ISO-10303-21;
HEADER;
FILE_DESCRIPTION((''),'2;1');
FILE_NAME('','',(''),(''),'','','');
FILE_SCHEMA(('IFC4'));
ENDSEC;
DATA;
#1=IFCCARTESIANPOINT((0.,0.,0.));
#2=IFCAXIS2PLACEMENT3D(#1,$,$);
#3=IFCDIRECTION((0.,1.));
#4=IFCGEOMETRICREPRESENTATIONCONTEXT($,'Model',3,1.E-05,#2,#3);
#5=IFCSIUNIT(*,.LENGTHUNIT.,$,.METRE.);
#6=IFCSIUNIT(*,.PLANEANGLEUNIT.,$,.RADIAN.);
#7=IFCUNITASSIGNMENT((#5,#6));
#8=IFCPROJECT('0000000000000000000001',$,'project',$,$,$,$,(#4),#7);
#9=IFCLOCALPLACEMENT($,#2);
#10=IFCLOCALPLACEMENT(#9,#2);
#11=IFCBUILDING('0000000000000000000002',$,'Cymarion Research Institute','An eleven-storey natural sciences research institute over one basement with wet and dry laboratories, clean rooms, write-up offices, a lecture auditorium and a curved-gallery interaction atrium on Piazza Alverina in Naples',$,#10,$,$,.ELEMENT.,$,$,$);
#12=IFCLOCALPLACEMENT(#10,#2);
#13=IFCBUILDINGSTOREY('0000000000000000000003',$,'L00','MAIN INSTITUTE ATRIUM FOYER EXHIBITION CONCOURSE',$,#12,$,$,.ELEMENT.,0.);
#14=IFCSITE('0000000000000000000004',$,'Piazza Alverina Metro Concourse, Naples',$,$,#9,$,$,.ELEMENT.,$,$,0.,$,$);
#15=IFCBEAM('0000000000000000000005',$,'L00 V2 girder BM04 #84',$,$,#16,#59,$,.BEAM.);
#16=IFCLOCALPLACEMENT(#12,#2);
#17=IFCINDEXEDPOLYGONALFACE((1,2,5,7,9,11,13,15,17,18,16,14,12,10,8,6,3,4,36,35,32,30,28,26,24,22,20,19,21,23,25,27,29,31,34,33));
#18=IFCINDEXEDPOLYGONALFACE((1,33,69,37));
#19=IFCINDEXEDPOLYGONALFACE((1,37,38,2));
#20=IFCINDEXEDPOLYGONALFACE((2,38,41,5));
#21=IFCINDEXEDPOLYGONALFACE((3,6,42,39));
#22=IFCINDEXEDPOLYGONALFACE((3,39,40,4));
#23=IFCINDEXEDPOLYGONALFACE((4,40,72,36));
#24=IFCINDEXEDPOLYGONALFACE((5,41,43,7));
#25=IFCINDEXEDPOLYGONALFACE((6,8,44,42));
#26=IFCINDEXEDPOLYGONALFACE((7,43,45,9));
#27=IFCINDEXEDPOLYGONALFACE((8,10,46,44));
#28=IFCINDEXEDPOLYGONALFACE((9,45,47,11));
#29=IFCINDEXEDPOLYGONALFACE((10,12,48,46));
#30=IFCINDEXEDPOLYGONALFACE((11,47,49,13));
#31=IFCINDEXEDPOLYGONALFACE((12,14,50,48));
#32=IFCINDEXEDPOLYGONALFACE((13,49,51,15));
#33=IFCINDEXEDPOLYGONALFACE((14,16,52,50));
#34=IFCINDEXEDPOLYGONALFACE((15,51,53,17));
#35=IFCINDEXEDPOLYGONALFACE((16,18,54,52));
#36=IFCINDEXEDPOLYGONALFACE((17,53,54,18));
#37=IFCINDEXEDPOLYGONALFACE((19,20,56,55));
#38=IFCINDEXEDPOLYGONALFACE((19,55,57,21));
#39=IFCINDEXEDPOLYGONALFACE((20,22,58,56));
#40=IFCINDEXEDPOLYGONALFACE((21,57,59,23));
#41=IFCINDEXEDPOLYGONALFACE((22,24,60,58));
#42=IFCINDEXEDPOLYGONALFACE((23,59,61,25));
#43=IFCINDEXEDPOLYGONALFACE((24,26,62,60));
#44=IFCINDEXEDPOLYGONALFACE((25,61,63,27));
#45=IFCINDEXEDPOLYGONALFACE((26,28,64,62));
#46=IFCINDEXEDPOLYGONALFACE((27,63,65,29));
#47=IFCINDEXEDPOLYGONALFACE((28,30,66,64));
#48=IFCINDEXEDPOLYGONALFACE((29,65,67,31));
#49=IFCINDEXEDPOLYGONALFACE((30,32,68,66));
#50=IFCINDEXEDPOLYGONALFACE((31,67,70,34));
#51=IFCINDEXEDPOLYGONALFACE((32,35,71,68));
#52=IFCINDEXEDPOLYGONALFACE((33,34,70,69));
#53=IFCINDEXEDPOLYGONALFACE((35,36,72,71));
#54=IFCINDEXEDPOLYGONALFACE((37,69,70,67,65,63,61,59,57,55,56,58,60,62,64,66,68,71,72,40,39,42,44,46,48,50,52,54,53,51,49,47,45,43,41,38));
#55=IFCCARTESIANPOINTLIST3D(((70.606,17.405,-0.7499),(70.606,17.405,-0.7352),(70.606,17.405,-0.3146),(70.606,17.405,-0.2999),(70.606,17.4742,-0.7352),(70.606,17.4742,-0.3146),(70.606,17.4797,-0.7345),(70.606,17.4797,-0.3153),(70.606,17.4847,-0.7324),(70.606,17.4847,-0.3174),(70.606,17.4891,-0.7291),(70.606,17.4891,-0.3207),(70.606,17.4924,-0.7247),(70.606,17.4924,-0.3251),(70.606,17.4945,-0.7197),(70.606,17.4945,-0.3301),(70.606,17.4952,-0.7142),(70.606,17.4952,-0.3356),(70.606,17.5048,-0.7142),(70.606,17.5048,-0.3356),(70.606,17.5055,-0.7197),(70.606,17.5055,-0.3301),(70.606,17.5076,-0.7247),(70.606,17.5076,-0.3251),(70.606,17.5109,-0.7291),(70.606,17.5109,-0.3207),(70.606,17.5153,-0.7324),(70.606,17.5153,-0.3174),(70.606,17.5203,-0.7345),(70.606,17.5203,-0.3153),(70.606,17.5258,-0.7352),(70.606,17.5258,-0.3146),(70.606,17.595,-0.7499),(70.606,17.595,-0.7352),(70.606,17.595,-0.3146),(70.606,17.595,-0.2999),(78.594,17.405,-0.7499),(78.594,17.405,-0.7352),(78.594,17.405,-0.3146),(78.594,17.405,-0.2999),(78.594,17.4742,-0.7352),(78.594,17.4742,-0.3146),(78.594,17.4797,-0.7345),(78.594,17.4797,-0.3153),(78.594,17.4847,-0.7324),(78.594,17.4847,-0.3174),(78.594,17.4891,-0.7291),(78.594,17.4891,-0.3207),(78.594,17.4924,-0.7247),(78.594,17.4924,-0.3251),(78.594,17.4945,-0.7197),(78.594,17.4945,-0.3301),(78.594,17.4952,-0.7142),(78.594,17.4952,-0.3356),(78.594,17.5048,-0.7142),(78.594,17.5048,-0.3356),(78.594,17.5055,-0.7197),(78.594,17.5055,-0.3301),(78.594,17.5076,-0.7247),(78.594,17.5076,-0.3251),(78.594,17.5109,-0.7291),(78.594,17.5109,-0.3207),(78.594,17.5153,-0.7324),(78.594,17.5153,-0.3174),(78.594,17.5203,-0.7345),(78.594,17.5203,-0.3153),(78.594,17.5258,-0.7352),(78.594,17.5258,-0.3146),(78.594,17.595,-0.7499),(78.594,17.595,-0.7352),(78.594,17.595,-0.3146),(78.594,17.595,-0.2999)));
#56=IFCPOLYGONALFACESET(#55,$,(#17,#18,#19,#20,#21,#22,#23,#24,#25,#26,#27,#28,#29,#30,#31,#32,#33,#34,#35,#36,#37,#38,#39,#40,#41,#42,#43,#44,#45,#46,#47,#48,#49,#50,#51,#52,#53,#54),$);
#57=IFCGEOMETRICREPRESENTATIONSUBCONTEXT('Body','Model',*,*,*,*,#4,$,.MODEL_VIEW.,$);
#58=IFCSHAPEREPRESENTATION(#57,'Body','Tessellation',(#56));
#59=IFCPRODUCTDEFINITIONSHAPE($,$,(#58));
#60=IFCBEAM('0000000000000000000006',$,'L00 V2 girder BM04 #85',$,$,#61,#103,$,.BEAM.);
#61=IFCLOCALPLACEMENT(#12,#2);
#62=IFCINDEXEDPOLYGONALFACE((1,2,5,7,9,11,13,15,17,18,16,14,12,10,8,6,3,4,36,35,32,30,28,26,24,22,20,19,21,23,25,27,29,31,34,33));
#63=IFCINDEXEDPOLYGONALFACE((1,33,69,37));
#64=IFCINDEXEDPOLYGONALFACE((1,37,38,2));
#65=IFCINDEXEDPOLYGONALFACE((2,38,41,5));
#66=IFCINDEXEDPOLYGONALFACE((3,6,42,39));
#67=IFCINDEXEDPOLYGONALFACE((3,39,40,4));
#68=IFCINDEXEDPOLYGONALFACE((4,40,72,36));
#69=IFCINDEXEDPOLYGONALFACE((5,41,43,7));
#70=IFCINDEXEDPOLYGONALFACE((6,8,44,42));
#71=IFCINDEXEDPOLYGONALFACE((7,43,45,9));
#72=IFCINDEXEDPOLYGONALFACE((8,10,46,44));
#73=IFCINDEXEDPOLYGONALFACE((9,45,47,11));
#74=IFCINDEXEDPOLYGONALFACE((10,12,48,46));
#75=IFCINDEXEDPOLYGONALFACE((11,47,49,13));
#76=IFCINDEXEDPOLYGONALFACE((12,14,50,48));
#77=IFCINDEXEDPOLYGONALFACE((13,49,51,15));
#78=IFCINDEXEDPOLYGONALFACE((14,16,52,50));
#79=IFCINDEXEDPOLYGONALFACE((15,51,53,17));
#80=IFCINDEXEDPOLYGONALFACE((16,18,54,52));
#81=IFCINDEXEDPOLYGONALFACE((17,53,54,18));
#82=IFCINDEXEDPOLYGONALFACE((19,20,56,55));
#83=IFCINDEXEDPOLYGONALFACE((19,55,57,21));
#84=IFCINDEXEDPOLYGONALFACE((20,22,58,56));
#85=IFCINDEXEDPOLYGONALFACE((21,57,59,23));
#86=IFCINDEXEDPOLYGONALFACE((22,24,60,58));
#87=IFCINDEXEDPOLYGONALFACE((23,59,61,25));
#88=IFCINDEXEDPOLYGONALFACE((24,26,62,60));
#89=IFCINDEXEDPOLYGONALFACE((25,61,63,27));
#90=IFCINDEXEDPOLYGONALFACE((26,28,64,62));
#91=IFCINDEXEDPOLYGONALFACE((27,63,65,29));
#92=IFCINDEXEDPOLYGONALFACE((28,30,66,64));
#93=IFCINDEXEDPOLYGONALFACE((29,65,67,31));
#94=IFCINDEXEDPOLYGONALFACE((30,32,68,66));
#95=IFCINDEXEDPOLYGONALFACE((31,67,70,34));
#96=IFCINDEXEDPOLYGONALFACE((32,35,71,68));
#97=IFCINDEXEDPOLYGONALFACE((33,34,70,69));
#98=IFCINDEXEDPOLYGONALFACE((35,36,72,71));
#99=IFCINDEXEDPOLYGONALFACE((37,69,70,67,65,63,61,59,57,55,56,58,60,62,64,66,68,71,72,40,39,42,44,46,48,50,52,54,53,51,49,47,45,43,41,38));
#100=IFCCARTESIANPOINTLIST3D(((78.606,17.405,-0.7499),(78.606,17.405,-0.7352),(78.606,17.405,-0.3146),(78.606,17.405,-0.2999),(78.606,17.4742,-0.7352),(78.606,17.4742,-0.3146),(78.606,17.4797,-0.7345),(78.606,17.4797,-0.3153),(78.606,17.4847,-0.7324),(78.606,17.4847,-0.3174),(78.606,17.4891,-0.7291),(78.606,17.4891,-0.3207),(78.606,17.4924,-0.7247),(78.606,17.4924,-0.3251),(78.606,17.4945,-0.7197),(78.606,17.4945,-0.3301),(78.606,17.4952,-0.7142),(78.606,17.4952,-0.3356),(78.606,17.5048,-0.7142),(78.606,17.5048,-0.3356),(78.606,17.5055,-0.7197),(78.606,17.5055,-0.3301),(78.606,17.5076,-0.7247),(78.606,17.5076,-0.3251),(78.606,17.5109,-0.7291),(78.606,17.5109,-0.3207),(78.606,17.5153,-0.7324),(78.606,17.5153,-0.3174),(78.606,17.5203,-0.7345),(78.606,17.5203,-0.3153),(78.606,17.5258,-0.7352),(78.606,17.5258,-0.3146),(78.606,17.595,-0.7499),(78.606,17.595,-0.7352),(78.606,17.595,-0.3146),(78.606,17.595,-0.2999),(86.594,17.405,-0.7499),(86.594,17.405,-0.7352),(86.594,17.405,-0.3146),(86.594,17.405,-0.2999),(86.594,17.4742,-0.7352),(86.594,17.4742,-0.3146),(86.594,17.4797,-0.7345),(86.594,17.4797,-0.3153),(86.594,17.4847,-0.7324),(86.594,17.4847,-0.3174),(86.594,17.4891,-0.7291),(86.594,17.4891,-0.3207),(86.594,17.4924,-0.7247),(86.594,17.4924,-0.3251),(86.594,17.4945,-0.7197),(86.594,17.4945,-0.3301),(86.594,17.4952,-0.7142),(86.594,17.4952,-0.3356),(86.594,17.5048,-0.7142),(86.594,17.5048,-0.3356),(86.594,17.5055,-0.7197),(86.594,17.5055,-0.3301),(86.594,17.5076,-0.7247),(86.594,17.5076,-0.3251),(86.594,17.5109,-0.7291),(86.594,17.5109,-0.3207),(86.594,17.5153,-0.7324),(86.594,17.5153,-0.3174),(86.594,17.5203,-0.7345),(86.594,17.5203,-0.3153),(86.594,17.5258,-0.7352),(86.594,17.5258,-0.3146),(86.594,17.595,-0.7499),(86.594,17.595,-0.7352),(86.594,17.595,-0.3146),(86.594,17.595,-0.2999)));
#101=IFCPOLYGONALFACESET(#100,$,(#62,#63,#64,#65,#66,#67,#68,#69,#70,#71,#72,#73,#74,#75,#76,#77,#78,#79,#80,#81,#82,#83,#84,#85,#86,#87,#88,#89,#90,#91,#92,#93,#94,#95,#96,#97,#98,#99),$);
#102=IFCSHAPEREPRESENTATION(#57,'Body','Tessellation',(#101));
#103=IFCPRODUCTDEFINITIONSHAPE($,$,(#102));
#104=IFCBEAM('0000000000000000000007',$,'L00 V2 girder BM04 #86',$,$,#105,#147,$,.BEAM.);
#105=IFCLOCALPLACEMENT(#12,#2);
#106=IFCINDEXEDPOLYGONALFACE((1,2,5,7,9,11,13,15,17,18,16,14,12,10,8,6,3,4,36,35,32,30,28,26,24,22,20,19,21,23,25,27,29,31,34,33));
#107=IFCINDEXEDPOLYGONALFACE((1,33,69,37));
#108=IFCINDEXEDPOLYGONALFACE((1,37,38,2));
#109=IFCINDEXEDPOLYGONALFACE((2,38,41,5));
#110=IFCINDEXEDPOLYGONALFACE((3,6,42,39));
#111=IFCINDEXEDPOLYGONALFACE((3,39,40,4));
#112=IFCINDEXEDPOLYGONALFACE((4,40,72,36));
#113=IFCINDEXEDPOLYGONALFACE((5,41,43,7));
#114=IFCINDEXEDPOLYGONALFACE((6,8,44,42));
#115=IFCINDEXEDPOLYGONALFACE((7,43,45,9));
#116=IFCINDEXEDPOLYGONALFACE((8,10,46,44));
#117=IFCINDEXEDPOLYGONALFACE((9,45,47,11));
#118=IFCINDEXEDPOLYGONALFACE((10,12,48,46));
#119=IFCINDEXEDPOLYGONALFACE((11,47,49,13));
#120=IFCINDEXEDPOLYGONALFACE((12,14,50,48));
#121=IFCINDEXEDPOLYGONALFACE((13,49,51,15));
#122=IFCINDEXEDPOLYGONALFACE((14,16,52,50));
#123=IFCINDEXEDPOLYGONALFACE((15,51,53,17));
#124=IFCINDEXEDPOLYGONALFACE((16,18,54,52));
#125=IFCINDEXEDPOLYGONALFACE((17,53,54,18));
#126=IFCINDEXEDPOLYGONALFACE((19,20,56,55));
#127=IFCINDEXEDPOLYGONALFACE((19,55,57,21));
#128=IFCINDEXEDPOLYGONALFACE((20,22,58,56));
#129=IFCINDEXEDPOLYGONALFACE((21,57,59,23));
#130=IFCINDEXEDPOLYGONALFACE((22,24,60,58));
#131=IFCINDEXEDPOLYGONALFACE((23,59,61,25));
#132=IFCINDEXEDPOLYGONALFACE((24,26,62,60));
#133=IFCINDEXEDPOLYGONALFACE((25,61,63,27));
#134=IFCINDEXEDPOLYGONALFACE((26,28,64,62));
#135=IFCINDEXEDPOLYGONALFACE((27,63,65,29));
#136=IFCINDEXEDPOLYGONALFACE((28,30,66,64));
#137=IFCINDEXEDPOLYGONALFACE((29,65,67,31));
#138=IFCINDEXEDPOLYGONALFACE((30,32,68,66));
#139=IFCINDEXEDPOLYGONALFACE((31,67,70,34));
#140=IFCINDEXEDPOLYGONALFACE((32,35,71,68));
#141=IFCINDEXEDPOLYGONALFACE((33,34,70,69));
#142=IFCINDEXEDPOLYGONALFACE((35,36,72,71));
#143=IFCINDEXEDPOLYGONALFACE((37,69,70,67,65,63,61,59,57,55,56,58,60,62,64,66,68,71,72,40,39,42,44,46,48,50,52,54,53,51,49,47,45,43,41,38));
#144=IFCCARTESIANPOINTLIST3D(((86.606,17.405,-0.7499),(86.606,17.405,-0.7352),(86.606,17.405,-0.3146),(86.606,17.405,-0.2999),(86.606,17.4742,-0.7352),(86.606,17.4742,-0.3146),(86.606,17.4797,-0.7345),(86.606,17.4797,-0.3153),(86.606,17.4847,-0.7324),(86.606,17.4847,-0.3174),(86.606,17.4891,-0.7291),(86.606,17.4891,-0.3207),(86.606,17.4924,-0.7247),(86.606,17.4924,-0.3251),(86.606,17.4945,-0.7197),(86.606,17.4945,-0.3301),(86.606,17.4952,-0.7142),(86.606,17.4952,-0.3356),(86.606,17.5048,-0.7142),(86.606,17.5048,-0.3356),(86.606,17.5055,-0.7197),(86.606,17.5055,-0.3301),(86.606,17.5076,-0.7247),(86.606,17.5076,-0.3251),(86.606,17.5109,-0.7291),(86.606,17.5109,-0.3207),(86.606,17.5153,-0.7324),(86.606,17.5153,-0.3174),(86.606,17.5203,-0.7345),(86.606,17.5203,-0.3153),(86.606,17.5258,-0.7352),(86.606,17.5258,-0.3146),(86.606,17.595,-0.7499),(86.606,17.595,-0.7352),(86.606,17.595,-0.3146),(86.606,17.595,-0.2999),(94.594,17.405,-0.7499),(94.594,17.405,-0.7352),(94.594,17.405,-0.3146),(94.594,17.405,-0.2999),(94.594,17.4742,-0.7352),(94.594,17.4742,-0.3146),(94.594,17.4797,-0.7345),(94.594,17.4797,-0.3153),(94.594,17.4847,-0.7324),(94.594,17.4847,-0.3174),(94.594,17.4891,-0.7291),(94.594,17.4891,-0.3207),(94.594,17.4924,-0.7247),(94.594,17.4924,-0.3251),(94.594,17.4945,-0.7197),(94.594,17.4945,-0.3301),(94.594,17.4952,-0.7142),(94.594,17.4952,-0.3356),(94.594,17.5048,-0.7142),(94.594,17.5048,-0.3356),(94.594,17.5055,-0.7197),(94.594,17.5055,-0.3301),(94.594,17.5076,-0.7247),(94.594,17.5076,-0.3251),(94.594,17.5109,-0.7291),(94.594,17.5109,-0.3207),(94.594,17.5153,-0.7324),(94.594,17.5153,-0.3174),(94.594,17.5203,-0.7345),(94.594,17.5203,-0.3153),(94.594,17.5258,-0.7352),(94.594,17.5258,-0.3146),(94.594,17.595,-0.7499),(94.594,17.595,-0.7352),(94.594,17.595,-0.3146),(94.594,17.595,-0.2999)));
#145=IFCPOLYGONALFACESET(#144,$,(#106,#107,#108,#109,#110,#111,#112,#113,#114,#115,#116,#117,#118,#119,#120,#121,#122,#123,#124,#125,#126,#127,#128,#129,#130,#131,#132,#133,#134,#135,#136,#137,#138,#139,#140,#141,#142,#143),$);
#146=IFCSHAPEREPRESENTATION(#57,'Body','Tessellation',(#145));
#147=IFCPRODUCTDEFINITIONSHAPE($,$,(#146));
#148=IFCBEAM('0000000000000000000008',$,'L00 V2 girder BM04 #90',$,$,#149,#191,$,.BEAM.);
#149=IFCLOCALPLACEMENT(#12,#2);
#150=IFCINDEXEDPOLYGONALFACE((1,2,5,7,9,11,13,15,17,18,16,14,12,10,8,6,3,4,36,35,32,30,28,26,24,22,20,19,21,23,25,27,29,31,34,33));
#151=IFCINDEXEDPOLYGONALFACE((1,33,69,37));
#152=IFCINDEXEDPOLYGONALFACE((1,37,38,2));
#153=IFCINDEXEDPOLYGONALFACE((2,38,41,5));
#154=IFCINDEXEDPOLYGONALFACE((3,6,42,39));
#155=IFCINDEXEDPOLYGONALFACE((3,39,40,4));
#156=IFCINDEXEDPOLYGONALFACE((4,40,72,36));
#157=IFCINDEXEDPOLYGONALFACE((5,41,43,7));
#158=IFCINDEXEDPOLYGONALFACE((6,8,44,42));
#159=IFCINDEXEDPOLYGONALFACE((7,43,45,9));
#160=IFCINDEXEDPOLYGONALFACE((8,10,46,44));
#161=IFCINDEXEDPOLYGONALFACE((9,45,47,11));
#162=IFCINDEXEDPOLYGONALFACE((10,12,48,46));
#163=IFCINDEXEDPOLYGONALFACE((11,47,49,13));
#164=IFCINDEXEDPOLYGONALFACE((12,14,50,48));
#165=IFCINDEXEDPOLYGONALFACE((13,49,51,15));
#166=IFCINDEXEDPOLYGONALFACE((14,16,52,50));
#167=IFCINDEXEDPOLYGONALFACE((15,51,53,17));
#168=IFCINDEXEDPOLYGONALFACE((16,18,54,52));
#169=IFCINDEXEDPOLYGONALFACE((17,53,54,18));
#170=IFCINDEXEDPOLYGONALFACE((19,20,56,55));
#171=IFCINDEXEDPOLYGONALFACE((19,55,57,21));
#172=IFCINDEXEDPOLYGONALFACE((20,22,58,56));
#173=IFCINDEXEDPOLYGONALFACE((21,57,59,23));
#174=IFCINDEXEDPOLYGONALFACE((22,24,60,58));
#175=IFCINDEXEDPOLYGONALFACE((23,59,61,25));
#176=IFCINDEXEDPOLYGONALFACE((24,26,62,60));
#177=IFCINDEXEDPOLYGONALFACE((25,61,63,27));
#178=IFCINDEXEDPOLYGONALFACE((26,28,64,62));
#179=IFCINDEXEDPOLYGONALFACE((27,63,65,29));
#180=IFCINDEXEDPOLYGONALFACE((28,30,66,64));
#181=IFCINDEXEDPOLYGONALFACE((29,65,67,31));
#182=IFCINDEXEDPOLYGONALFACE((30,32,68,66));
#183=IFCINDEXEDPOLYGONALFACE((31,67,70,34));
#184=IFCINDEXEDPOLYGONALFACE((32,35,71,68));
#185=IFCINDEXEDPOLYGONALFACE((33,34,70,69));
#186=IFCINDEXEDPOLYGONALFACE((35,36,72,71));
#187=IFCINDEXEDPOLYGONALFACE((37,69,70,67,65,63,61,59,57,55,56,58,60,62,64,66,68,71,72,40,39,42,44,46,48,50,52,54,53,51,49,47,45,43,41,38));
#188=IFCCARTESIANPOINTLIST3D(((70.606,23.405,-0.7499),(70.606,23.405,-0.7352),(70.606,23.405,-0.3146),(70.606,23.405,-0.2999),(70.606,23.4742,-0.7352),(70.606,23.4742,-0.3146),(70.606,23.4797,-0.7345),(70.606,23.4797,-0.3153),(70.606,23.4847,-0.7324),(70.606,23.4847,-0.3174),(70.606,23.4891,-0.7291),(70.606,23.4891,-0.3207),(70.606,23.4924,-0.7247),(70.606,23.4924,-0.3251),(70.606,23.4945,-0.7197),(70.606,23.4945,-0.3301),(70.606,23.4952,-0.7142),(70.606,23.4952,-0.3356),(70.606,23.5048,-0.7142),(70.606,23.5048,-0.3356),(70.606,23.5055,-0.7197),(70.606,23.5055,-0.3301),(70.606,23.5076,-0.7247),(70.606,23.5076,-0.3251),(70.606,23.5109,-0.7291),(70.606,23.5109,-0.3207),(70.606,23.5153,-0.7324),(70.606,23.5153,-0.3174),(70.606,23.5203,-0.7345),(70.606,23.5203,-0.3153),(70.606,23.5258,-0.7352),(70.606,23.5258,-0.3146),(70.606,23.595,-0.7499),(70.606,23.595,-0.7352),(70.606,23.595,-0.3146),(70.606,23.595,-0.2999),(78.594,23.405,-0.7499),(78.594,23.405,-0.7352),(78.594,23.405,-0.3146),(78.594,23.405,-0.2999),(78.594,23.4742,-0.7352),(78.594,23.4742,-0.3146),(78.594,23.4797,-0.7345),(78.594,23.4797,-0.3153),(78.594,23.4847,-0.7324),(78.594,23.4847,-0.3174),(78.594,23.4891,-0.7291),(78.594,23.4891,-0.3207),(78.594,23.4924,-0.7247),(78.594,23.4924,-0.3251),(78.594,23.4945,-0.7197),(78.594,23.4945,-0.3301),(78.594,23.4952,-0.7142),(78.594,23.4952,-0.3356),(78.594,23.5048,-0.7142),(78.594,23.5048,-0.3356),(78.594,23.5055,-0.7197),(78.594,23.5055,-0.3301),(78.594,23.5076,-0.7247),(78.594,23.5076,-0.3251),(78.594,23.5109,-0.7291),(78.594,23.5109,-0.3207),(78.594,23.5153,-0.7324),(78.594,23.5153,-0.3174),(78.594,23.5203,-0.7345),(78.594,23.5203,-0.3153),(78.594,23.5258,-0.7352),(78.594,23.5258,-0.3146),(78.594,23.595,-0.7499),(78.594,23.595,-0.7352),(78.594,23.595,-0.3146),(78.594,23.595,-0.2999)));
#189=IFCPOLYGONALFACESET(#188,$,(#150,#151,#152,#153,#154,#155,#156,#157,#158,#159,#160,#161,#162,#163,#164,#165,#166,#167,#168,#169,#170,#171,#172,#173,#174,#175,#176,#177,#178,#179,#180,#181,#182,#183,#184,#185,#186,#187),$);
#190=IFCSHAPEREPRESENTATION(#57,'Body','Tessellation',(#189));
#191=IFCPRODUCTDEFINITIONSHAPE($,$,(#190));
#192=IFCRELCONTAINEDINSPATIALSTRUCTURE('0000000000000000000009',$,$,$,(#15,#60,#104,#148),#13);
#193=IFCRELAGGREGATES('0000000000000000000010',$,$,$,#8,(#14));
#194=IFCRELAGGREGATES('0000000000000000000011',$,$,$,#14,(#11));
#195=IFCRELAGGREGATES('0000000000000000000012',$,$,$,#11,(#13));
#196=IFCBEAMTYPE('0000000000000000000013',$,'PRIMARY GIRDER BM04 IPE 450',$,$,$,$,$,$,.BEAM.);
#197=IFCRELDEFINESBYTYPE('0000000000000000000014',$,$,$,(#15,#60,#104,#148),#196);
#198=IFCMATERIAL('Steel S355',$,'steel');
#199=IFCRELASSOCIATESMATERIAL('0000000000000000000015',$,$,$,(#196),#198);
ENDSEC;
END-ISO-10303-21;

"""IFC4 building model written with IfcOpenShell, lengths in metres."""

from ifc_helpers import new_model, si_unit, direction, frame, origin, origin_2d, place, context, subcontext, project, spatial, i_section, extrude, material, material_profile, profile_set, type_object, element, save


model = new_model("IFC4")

# Units and contexts
model_context = context("Model", 3, precision=1e-05, world=origin(), true_north=direction((0.0, 1.0)))
body_context = subcontext(model_context, "Body", "Model", "MODEL_VIEW")
ifc_project = project(units=[si_unit("LENGTHUNIT", "METRE"), si_unit("PLANEANGLEUNIT", "RADIAN")], contexts=[model_context])

# Site, building, storey
site_placement = place(None, origin())
site = spatial("IfcSite", under=ifc_project, at=site_placement, Name="Piazza Alverina Metro Concourse, Naples", CompositionType="ELEMENT", RefElevation=0.0)
building_placement = place(site_placement, origin())
building = spatial("IfcBuilding", under=site, at=building_placement, Name="Cymarion Research Institute", Description="An eleven-storey natural sciences research institute over one basement with wet and dry laboratories, clean rooms, write-up offices, a lecture auditorium and a curved-gallery interaction atrium on Piazza Alverina in Naples", CompositionType="ELEMENT")
storey_placement = place(building_placement, origin())
storey = spatial("IfcBuildingStorey", under=building, at=storey_placement, Name="L00", Description="MAIN INSTITUTE ATRIUM FOYER EXHIBITION CONCOURSE", CompositionType="ELEMENT", Elevation=0.0)

# Beams
ifc_material = material(Name="Steel S355", Category="steel")
ifc_material_profile_1 = material_profile(ifc_material, i_section(OverallWidth=0.1899, OverallDepth=0.45, WebThickness=0.0095, FlangeThickness=0.0146, FilletRadius=0.021, at=origin_2d()), Name="IPE 450")
ifc_profile_set_1 = profile_set([ifc_material_profile_1], Name="Steel S355")
beam_type_1 = type_object("IfcBeamType", Name="PRIMARY GIRDER BM04 IPE 450", PredefinedType="BEAM", material=ifc_profile_set_1)
for number, where, z_axis, x_axis, name in (
    (1, (70.606, 17.5, -0.5249), (1.0, 0.0, 0.0), (0.0, 1.0, 0.0), "L00 V2 girder BM04 #84"),
    (2, (78.606, 17.5, -0.5249), (1.0, 0.0, 0.0), (0.0, 1.0, 0.0), "L00 V2 girder BM04 #85"),
    (3, (86.606, 17.5, -0.5249), (1.0, 0.0, 0.0), (0.0, 1.0, 0.0), "L00 V2 girder BM04 #86"),
    (4, (70.606, 23.5, -0.5249), (1.0, 0.0, 0.0), (0.0, 1.0, 0.0), "L00 V2 girder BM04 #90"),
):
    element("IfcBeam", number, at=place(storey_placement, frame(where, z_axis=z_axis, x_axis=x_axis)), inside=storey, type_object=beam_type_1, Name=name, PredefinedType="BEAM", context=body_context, shape_type="SweptSolid", body=[
        extrude(i_section(OverallWidth=0.1899, OverallDepth=0.45, WebThickness=0.0095, FlangeThickness=0.0146, FilletRadius=0.021, at=origin_2d()), origin(), (0.0, 0.0, 1.0), 7.988),
    ])

save(model, "model.ifc")
